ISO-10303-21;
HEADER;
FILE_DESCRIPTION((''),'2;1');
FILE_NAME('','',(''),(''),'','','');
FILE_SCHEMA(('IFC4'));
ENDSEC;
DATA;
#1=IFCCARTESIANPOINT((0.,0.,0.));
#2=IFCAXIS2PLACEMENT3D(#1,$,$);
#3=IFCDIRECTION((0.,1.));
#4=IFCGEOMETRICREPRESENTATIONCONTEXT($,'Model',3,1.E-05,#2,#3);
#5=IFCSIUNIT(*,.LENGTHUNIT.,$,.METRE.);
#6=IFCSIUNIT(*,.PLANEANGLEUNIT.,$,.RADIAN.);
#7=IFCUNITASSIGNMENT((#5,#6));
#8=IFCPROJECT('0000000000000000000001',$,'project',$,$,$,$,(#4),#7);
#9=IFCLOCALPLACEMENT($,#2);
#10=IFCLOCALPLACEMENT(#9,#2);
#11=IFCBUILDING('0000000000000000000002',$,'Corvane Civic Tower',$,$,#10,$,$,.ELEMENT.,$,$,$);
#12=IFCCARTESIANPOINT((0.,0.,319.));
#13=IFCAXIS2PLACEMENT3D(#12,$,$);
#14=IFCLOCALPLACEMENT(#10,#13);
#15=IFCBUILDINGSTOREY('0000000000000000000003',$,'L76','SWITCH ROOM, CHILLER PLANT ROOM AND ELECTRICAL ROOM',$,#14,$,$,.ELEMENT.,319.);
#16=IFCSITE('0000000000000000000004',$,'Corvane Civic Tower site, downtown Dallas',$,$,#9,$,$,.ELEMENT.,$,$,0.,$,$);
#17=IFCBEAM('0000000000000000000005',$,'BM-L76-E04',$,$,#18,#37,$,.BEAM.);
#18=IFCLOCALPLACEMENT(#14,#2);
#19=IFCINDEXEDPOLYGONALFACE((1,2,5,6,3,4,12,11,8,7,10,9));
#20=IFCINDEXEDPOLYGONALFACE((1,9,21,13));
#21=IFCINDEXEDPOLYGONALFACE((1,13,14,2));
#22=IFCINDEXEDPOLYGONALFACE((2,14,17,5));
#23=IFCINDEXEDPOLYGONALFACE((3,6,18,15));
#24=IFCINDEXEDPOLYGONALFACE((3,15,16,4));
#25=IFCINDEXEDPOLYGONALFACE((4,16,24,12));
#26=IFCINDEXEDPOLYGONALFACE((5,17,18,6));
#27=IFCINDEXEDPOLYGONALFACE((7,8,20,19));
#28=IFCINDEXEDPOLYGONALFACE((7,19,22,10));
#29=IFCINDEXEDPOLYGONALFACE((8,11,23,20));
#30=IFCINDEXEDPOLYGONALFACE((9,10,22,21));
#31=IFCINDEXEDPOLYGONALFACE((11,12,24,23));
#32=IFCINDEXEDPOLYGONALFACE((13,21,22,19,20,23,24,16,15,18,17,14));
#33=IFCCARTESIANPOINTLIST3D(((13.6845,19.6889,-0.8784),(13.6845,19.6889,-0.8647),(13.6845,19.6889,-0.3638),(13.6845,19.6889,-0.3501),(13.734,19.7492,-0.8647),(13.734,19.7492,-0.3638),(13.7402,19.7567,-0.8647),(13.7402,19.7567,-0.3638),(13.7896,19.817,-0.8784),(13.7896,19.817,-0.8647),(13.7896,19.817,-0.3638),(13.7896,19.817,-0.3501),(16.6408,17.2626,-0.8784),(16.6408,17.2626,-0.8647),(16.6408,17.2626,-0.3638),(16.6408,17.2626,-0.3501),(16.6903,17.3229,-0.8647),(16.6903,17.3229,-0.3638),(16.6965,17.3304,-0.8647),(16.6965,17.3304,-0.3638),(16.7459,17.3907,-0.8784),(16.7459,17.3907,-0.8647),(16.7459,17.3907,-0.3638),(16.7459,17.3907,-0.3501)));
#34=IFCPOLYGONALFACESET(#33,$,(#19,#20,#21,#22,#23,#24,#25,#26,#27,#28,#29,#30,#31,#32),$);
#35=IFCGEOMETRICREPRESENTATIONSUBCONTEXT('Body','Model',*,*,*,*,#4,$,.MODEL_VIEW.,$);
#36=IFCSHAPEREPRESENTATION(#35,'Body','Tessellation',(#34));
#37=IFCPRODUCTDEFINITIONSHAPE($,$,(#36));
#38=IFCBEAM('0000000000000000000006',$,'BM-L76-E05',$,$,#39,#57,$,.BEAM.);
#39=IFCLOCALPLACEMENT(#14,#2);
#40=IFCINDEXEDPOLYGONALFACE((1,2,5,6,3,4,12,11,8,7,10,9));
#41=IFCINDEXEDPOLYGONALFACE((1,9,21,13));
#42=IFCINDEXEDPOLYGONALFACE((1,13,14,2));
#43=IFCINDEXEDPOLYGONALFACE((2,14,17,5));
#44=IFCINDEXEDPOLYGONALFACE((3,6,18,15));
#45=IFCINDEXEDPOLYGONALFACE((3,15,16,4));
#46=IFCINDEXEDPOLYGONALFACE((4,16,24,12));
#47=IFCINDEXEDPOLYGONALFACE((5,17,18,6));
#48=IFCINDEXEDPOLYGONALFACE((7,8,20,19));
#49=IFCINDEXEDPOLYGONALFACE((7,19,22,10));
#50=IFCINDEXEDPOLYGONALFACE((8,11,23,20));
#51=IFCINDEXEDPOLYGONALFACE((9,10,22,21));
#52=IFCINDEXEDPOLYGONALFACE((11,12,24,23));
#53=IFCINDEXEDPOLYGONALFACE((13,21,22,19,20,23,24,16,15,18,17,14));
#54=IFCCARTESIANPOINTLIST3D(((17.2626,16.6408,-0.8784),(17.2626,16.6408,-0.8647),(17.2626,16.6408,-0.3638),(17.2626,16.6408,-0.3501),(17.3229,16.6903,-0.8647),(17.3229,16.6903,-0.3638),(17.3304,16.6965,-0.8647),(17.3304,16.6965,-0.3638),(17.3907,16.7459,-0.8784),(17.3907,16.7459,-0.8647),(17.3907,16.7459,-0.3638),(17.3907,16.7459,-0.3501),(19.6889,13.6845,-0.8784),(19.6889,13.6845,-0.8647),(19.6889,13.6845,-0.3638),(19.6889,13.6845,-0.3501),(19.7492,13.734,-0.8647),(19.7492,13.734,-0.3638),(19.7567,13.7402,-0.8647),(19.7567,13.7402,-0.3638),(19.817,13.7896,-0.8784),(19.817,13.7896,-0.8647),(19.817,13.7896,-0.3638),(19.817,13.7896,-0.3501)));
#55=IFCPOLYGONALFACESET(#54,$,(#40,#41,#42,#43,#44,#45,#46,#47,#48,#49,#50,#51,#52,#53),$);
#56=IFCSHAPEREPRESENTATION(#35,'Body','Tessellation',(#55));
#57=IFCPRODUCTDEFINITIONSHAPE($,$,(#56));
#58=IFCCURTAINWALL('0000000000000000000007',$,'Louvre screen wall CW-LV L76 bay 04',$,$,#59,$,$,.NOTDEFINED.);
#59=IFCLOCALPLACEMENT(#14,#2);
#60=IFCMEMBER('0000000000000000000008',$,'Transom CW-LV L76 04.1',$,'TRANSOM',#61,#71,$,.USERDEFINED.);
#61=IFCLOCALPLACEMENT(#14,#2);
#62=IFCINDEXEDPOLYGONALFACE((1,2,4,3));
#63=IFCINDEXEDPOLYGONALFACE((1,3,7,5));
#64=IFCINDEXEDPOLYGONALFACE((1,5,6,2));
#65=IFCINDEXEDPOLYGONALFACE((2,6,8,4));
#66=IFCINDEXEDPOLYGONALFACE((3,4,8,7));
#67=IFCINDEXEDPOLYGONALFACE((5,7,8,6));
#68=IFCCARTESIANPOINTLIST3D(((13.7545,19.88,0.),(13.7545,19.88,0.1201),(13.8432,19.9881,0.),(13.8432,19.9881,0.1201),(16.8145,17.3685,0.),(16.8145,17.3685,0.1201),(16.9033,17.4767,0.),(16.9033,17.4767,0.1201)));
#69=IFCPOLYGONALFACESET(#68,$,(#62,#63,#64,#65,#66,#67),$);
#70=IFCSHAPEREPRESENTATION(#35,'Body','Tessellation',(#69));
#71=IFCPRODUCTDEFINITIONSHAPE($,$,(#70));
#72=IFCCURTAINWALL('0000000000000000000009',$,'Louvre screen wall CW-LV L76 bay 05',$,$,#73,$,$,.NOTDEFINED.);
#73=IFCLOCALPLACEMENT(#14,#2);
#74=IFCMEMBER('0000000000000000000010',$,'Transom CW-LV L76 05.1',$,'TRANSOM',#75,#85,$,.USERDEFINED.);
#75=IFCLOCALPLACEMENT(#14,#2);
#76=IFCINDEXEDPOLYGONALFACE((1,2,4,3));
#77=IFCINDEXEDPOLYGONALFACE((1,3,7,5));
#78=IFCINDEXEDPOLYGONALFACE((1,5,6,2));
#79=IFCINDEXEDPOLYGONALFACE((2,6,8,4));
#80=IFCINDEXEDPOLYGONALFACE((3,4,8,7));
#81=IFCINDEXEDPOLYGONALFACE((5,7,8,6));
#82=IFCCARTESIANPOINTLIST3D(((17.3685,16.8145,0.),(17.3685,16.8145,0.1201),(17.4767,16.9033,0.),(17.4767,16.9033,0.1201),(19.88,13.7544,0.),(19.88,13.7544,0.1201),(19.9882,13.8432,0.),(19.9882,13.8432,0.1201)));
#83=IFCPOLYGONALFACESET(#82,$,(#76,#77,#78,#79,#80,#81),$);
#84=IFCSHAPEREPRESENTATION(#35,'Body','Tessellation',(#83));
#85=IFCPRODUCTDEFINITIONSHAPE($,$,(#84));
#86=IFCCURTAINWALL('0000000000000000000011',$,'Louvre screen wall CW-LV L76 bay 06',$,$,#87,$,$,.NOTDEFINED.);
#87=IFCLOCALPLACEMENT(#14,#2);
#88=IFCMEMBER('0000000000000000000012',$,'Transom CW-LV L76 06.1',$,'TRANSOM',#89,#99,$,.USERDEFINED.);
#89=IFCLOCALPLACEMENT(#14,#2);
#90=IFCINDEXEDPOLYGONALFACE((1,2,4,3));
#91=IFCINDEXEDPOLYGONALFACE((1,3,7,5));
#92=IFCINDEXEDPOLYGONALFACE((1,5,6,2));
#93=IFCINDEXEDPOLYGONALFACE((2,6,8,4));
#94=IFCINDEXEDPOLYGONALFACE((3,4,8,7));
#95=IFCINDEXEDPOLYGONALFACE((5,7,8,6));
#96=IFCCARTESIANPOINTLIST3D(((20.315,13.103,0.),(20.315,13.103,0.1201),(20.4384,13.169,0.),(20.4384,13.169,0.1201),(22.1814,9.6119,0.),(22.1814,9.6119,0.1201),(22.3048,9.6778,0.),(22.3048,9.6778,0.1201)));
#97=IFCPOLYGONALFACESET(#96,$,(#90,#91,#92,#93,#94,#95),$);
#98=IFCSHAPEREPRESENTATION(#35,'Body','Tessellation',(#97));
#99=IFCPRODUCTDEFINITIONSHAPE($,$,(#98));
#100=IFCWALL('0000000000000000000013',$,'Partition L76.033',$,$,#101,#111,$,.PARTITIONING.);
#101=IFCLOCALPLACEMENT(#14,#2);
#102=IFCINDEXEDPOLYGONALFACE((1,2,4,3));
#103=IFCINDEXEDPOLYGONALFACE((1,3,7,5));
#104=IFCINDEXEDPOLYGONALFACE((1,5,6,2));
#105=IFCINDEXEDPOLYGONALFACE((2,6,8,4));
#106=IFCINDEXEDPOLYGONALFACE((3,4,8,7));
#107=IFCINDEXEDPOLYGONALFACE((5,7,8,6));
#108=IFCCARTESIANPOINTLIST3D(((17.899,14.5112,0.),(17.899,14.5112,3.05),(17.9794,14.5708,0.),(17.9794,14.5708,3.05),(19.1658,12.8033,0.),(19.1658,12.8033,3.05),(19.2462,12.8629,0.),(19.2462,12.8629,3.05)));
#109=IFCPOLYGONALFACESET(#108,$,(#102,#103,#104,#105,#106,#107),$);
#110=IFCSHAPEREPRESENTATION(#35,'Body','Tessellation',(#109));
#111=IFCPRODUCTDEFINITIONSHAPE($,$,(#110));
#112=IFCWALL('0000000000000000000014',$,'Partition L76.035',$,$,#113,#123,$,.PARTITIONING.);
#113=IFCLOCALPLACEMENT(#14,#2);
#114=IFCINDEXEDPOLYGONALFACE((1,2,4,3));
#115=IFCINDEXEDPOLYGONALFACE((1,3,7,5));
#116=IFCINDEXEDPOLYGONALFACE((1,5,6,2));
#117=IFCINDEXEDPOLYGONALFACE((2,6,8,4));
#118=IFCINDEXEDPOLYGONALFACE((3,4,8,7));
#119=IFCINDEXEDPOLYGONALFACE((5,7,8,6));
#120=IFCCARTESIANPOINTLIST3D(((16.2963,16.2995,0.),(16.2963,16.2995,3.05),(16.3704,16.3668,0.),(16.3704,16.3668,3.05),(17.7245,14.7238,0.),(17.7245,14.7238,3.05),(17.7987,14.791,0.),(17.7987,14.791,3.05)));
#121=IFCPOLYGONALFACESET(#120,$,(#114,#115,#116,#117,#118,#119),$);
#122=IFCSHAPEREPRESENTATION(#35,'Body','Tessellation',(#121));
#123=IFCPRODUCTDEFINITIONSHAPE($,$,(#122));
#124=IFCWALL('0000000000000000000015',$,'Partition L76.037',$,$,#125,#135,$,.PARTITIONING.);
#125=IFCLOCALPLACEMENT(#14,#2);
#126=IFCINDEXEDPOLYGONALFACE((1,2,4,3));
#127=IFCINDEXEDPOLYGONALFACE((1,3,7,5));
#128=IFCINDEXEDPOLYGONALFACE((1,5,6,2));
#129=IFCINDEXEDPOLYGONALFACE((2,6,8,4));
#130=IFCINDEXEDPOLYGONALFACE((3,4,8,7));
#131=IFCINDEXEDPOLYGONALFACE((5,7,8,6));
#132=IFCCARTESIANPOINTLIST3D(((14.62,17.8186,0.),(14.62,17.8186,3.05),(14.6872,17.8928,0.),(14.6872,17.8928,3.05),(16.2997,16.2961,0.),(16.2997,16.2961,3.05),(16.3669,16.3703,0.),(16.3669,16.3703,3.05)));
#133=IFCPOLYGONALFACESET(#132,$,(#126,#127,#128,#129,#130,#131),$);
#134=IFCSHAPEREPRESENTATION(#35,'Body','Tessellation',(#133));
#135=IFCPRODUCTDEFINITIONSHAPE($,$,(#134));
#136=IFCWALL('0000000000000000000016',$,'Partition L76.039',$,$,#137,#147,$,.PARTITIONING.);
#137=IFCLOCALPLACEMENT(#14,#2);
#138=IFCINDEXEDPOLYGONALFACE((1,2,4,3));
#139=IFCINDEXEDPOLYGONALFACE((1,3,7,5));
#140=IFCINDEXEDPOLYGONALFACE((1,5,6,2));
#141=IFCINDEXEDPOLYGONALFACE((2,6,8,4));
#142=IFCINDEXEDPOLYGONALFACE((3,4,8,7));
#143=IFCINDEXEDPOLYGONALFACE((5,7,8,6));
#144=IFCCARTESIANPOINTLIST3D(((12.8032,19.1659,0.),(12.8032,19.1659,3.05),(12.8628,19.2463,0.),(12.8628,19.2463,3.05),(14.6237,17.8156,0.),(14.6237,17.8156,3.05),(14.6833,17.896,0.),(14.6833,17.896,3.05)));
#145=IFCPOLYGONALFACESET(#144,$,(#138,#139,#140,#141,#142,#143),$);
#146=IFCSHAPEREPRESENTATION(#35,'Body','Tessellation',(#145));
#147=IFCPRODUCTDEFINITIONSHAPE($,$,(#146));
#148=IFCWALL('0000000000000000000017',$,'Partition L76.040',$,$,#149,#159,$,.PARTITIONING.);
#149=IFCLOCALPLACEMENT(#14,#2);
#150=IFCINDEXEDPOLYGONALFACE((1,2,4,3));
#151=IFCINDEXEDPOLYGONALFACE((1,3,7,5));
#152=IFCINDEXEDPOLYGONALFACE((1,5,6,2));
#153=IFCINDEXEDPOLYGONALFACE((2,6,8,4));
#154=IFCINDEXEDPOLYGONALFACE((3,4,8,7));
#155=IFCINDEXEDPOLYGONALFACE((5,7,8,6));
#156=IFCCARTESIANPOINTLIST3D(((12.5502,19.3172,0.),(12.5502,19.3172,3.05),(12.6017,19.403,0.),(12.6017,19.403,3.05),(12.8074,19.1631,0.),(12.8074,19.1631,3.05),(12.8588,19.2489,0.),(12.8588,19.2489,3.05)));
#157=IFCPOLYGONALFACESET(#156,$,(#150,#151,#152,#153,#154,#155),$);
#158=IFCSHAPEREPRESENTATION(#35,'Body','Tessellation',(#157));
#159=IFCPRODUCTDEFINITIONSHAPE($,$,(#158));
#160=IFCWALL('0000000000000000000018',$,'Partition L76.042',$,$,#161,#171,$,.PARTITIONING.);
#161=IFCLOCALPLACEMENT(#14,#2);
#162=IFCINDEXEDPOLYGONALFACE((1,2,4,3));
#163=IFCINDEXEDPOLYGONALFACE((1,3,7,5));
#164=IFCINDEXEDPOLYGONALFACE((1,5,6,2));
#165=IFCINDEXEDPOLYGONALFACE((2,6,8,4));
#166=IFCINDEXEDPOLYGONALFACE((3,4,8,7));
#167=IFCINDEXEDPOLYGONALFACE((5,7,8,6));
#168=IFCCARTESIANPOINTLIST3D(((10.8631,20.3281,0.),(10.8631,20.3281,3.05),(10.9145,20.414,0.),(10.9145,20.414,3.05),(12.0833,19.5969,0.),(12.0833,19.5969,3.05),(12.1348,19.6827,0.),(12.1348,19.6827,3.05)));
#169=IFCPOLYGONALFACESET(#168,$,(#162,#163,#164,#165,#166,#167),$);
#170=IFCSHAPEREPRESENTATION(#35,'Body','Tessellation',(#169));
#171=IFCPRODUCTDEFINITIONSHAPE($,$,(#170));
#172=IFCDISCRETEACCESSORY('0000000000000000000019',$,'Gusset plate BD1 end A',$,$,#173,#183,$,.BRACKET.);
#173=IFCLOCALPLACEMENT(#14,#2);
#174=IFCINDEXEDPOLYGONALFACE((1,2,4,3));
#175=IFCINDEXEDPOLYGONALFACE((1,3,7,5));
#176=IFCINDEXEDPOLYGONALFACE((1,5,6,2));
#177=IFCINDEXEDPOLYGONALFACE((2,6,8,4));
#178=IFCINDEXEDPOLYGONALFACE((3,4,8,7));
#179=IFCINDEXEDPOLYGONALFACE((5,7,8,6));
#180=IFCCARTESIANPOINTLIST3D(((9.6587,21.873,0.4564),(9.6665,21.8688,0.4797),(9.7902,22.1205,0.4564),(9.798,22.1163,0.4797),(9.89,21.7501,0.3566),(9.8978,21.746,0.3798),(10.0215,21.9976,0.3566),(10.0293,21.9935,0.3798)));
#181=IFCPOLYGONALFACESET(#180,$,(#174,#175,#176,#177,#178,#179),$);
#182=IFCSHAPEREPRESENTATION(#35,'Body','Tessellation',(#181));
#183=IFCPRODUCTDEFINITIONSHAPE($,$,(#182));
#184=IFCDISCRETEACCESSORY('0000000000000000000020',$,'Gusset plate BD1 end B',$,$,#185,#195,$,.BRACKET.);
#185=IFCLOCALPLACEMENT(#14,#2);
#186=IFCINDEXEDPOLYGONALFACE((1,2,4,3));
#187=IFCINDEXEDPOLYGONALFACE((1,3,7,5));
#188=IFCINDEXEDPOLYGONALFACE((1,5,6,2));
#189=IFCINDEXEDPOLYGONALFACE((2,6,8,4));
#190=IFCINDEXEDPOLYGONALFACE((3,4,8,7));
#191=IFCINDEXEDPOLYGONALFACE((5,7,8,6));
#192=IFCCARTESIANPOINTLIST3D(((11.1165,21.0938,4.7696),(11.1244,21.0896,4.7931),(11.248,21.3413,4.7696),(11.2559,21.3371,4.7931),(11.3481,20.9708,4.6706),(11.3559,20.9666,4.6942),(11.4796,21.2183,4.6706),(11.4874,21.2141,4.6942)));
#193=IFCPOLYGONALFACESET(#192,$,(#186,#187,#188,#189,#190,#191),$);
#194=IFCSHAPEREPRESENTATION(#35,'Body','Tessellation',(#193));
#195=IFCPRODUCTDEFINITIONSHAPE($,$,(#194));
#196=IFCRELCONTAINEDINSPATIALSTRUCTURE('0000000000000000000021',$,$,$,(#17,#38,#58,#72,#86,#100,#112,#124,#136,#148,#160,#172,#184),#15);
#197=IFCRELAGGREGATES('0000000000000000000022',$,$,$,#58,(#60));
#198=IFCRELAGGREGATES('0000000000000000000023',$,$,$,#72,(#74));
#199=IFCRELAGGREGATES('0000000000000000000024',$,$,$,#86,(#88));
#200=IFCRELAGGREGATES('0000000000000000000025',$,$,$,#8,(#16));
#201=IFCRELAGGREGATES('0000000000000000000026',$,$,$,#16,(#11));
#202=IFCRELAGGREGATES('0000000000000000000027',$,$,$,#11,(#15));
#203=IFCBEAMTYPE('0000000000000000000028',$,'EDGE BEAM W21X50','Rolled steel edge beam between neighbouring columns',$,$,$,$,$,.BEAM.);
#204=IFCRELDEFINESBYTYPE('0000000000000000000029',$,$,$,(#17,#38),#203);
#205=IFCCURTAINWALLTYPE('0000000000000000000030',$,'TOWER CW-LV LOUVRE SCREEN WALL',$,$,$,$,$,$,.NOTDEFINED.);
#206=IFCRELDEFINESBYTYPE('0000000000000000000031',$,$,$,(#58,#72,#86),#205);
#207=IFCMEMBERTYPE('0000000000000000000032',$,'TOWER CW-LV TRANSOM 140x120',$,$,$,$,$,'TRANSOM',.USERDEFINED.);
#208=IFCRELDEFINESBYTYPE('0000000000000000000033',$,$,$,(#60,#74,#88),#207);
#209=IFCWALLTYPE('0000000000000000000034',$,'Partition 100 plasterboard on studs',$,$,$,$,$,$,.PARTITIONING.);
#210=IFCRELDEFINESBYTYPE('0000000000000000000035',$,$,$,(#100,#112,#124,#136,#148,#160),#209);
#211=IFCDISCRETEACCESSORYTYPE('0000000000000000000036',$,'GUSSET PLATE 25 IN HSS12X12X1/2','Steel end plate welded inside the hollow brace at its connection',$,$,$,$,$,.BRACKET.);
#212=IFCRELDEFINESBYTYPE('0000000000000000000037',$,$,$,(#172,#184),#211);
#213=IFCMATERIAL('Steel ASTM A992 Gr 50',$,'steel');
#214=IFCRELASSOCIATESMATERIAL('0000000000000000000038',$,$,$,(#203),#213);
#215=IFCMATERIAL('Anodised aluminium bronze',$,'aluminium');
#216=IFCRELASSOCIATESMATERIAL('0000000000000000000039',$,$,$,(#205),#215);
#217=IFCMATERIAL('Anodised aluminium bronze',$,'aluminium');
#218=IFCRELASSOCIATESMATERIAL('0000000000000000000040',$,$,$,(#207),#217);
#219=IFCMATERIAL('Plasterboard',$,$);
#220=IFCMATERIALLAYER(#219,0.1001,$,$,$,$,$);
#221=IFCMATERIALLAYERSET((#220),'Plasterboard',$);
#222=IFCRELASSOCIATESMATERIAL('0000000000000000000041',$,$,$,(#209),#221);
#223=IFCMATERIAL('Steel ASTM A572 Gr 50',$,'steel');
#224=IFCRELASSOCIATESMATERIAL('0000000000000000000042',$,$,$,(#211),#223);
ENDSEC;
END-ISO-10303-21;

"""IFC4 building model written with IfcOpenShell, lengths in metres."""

from ifc_helpers import new_model, si_unit, direction, frame, frame_2d, origin, origin_2d, place, context, subcontext, project, spatial, rectangle, i_section, extrude, material, layer, layer_set, material_profile, profile_set, type_object, element, aggregate, save


model = new_model("IFC4")

# Units and contexts
model_context = context("Model", 3, precision=1e-05, world=origin(), true_north=direction((0.0, 1.0)))
body_context = subcontext(model_context, "Body", "Model", "MODEL_VIEW")
ifc_project = project(units=[si_unit("LENGTHUNIT", "METRE"), si_unit("PLANEANGLEUNIT", "RADIAN")], contexts=[model_context])

# Site, building, storey
site_placement = place(None, origin())
site = spatial("IfcSite", under=ifc_project, at=site_placement, Name="Corvane Civic Tower site, downtown Dallas", CompositionType="ELEMENT", RefElevation=0.0)
building_placement = place(site_placement, origin())
building = spatial("IfcBuilding", under=site, at=building_placement, Name="Corvane Civic Tower", CompositionType="ELEMENT")
storey_placement = place(building_placement, frame((0.0, 0.0, 319.0)))
storey = spatial("IfcBuildingStorey", under=building, at=storey_placement, Name="L76", Description="SWITCH ROOM, CHILLER PLANT ROOM AND ELECTRICAL ROOM", CompositionType="ELEMENT", Elevation=319.0)

# Beams
ifc_material_1 = material(Name="Steel ASTM A992 Gr 50", Category="steel")
ifc_material_profile_1 = material_profile(ifc_material_1, i_section(OverallWidth=0.1658, OverallDepth=0.5283, WebThickness=0.0098, FlangeThickness=0.0137, at=origin_2d()), Name="W21X50")
ifc_profile_set_1 = profile_set([ifc_material_profile_1], Name="Steel ASTM A992 Gr 50")
beam_type = type_object("IfcBeamType", Name="EDGE BEAM W21X50", Description="Rolled steel edge beam between neighbouring columns", PredefinedType="BEAM", material=ifc_profile_set_1)
for number, where, z_axis, x_axis, name in (
    (1, (13.7371, 19.7529, -0.6143), (0.772998, -0.634409, 0.0), (0.634409, 0.772998, 0.0), "BM-L76-E04"),
    (2, (17.3267, 16.6934, -0.6143), (0.634409, -0.772998, 0.0), (0.772998, 0.634409, 0.0), "BM-L76-E05"),
):
    element("IfcBeam", number, at=place(storey_placement, frame(where, z_axis=z_axis, x_axis=x_axis)), inside=storey, type_object=beam_type, Name=name, PredefinedType="BEAM", context=body_context, shape_type="SweptSolid", body=[
        extrude(i_section(OverallWidth=0.1658, OverallDepth=0.5283, WebThickness=0.0098, FlangeThickness=0.0137, at=origin_2d()), origin(), (0.0, 0.0, 1.0), 3.8245),
    ])

# Curtain walls, members
ifc_material_2 = material(Name="Anodised aluminium bronze", Category="aluminium")
curtain_wall_type = type_object("IfcCurtainWallType", Name="TOWER CW-LV LOUVRE SCREEN WALL", PredefinedType="NOTDEFINED", material=ifc_material_2)
curtain_wall_1_placement = place(storey_placement, origin())
curtain_wall_1 = element("IfcCurtainWall", 3, at=curtain_wall_1_placement, inside=storey, type_object=curtain_wall_type, Name="Louvre screen wall CW-LV L76 bay 04", PredefinedType="NOTDEFINED")
ifc_material_3 = material(Name="Anodised aluminium bronze", Category="aluminium")
ifc_material_profile_2 = material_profile(ifc_material_3, rectangle(XDim=0.1399, YDim=0.1201, at=origin_2d()), Name="TOWER CW-LV TRANSOM 140x120")
ifc_profile_set_2 = profile_set([ifc_material_profile_2], Name="Anodised aluminium bronze")
member_type_1 = type_object("IfcMemberType", Name="TOWER CW-LV TRANSOM 140x120", ElementType="TRANSOM", PredefinedType="USERDEFINED", material=ifc_profile_set_2)
member_1_placement = place(storey_placement, frame((13.7988, 19.9341, 0.0601), z_axis=(0.772992, -0.634416, 0.0), x_axis=(0.634416, 0.772992, 0.0)))
member_1 = element("IfcMember", 4, at=member_1_placement, type_object=member_type_1, Name="Transom CW-LV L76 04.1", ObjectType="TRANSOM", PredefinedType="USERDEFINED", context=body_context, shape_type="SweptSolid", body=[
    extrude(rectangle(XDim=0.1399, YDim=0.1201, at=origin_2d()), origin(), (0.0, 0.0, 1.0), 3.9587),
])
curtain_wall_2_placement = place(storey_placement, origin())
curtain_wall_2 = element("IfcCurtainWall", 5, at=curtain_wall_2_placement, inside=storey, type_object=curtain_wall_type, Name="Louvre screen wall CW-LV L76 bay 05", PredefinedType="NOTDEFINED")
member_2_placement = place(storey_placement, frame((17.4226, 16.8589, 0.0601), z_axis=(0.634416, -0.772992, 0.0), x_axis=(0.772992, 0.634416, 0.0)))
member_2 = element("IfcMember", 6, at=member_2_placement, type_object=member_type_1, Name="Transom CW-LV L76 05.1", ObjectType="TRANSOM", PredefinedType="USERDEFINED", context=body_context, shape_type="SweptSolid", body=[
    extrude(rectangle(XDim=0.1399, YDim=0.1201, at=origin_2d()), origin(), (0.0, 0.0, 1.0), 3.9587),
])
curtain_wall_3_placement = place(storey_placement, origin())
curtain_wall_3 = element("IfcCurtainWall", 7, at=curtain_wall_3_placement, inside=storey, type_object=curtain_wall_type, Name="Louvre screen wall CW-LV L76 bay 06", PredefinedType="NOTDEFINED")
member_3_placement = place(storey_placement, frame((20.3767, 13.136, 0.0601), z_axis=(0.471468, -0.881883, 0.0), x_axis=(0.881883, 0.471468, 0.0)))
member_3 = element("IfcMember", 8, at=member_3_placement, type_object=member_type_1, Name="Transom CW-LV L76 06.1", ObjectType="TRANSOM", PredefinedType="USERDEFINED", context=body_context, shape_type="SweptSolid", body=[
    extrude(rectangle(XDim=0.1399, YDim=0.1201, at=origin_2d()), origin(), (0.0, 0.0, 1.0), 3.9587),
])

# Walls
ifc_material_4 = material(Name="Plasterboard")
ifc_layer = layer(ifc_material_4, 0.1001)
ifc_layer_set = layer_set([ifc_layer], Name="Plasterboard")
wall_type = type_object("IfcWallType", Name="Partition 100 plasterboard on studs", PredefinedType="PARTITIONING", material=ifc_layer_set)
wall_1_placement = place(storey_placement, frame((17.9392, 14.541, 0.0), z_axis=(0.0, 0.0, 1.0), x_axis=(0.59573, -0.803185, 0.0)))
element("IfcWall", 9, at=wall_1_placement, inside=storey, type_object=wall_type, Name="Partition L76.033", PredefinedType="PARTITIONING", context=body_context, shape_type="SweptSolid", body=[
    extrude(rectangle(XDim=2.1265, YDim=0.1001, at=frame_2d((1.0632, 0.0))), origin(), (0.0, 0.0, 1.0), 3.05),
])
wall_2_placement = place(storey_placement, frame((16.3333, 16.3333, 0.0), z_axis=(0.0, 0.0, 1.0), x_axis=(0.671586, -0.740926, 0.0)))
element("IfcWall", 10, at=wall_2_placement, inside=storey, type_object=wall_type, Name="Partition L76.035", PredefinedType="PARTITIONING", context=body_context, shape_type="SweptSolid", body=[
    extrude(rectangle(XDim=2.1267, YDim=0.1001, at=frame_2d((1.0635, 0.0))), origin(), (0.0, 0.0, 1.0), 3.05),
])
wall_3_placement = place(storey_placement, frame((14.6536, 17.8557, 0.0), z_axis=(0.0, 0.0, 1.0), x_axis=(0.740933, -0.671579, 0.0)))
element("IfcWall", 11, at=wall_3_placement, inside=storey, type_object=wall_type, Name="Partition L76.037", PredefinedType="PARTITIONING", context=body_context, shape_type="SweptSolid", body=[
    extrude(rectangle(XDim=2.2671, YDim=0.1001, at=frame_2d((1.1335, 0.0))), origin(), (0.0, 0.0, 1.0), 3.05),
])
wall_4_placement = place(storey_placement, frame((12.833, 19.2061, 0.0), z_axis=(0.0, 0.0, 1.0), x_axis=(0.803181, -0.595735, 0.0)))
element("IfcWall", 12, at=wall_4_placement, inside=storey, type_object=wall_type, Name="Partition L76.039", PredefinedType="PARTITIONING", context=body_context, shape_type="SweptSolid", body=[
    extrude(rectangle(XDim=2.2666, YDim=0.1001, at=frame_2d((1.1333, 0.0))), origin(), (0.0, 0.0, 1.0), 3.05),
])
wall_5_placement = place(storey_placement, frame((12.5759, 19.3601, 0.0), z_axis=(0.0, 0.0, 1.0), x_axis=(0.85778, -0.514016, 0.0)))
element("IfcWall", 13, at=wall_5_placement, inside=storey, type_object=wall_type, Name="Partition L76.040", PredefinedType="PARTITIONING", context=body_context, shape_type="SweptSolid", body=[
    extrude(rectangle(XDim=0.2998, YDim=0.1001, at=frame_2d((0.1499, 0.0))), origin(), (0.0, 0.0, 1.0), 3.05),
])
wall_6_placement = place(storey_placement, frame((10.8887, 20.3711, 0.0), z_axis=(0.0, 0.0, 1.0), x_axis=(0.857781, -0.514016, 0.0)))
element("IfcWall", 14, at=wall_6_placement, inside=storey, type_object=wall_type, Name="Partition L76.042", PredefinedType="PARTITIONING", context=body_context, shape_type="SweptSolid", body=[
    extrude(rectangle(XDim=1.4226, YDim=0.1001, at=frame_2d((0.7114, 0.0))), origin(), (0.0, 0.0, 1.0), 3.05),
])

aggregate(curtain_wall_1, [member_1])
aggregate(curtain_wall_2, [member_2])
aggregate(curtain_wall_3, [member_3])

# Discrete accessories
ifc_material_5 = material(Name="Steel ASTM A572 Gr 50", Category="steel")
ifc_material_profile_3 = material_profile(ifc_material_5, rectangle(XDim=0.2803, YDim=0.2803, at=origin_2d()), Name="GUSSET PLATE 25 IN HSS12X12X1/2")
ifc_profile_set_3 = profile_set([ifc_material_profile_3], Name="Steel ASTM A572 Gr 50")
discrete_accessory_type = type_object("IfcDiscreteAccessoryType", Name="GUSSET PLATE 25 IN HSS12X12X1/2", Description="Steel end plate welded inside the hollow brace at its connection", PredefinedType="BRACKET", material=ifc_profile_set_3)
discrete_accessory_1_placement = place(storey_placement, frame((9.8401, 21.9353, 0.4065), z_axis=(0.314725, -0.167198, 0.934341), x_axis=(0.469155, 0.883116, 0.0)))
element("IfcDiscreteAccessory", 15, at=discrete_accessory_1_placement, inside=storey, type_object=discrete_accessory_type, Name="Gusset plate BD1 end A", PredefinedType="BRACKET", context=body_context, shape_type="SweptSolid", body=[
    extrude(rectangle(XDim=0.2803, YDim=0.2803, at=origin_2d()), origin(), (0.0, 0.0, 1.0), 0.0249),
])
discrete_accessory_2_placement = place(storey_placement, frame((11.3059, 21.1519, 4.7437), z_axis=(-0.311858, 0.165674, -0.935573), x_axis=(-0.469155, -0.883116, 0.0)))
element("IfcDiscreteAccessory", 16, at=discrete_accessory_2_placement, inside=storey, type_object=discrete_accessory_type, Name="Gusset plate BD1 end B", PredefinedType="BRACKET", context=body_context, shape_type="SweptSolid", body=[
    extrude(rectangle(XDim=0.2803, YDim=0.2803, at=origin_2d()), origin(), (0.0, 0.0, 1.0), 0.0251),
])

save(model, "model.ifc")
